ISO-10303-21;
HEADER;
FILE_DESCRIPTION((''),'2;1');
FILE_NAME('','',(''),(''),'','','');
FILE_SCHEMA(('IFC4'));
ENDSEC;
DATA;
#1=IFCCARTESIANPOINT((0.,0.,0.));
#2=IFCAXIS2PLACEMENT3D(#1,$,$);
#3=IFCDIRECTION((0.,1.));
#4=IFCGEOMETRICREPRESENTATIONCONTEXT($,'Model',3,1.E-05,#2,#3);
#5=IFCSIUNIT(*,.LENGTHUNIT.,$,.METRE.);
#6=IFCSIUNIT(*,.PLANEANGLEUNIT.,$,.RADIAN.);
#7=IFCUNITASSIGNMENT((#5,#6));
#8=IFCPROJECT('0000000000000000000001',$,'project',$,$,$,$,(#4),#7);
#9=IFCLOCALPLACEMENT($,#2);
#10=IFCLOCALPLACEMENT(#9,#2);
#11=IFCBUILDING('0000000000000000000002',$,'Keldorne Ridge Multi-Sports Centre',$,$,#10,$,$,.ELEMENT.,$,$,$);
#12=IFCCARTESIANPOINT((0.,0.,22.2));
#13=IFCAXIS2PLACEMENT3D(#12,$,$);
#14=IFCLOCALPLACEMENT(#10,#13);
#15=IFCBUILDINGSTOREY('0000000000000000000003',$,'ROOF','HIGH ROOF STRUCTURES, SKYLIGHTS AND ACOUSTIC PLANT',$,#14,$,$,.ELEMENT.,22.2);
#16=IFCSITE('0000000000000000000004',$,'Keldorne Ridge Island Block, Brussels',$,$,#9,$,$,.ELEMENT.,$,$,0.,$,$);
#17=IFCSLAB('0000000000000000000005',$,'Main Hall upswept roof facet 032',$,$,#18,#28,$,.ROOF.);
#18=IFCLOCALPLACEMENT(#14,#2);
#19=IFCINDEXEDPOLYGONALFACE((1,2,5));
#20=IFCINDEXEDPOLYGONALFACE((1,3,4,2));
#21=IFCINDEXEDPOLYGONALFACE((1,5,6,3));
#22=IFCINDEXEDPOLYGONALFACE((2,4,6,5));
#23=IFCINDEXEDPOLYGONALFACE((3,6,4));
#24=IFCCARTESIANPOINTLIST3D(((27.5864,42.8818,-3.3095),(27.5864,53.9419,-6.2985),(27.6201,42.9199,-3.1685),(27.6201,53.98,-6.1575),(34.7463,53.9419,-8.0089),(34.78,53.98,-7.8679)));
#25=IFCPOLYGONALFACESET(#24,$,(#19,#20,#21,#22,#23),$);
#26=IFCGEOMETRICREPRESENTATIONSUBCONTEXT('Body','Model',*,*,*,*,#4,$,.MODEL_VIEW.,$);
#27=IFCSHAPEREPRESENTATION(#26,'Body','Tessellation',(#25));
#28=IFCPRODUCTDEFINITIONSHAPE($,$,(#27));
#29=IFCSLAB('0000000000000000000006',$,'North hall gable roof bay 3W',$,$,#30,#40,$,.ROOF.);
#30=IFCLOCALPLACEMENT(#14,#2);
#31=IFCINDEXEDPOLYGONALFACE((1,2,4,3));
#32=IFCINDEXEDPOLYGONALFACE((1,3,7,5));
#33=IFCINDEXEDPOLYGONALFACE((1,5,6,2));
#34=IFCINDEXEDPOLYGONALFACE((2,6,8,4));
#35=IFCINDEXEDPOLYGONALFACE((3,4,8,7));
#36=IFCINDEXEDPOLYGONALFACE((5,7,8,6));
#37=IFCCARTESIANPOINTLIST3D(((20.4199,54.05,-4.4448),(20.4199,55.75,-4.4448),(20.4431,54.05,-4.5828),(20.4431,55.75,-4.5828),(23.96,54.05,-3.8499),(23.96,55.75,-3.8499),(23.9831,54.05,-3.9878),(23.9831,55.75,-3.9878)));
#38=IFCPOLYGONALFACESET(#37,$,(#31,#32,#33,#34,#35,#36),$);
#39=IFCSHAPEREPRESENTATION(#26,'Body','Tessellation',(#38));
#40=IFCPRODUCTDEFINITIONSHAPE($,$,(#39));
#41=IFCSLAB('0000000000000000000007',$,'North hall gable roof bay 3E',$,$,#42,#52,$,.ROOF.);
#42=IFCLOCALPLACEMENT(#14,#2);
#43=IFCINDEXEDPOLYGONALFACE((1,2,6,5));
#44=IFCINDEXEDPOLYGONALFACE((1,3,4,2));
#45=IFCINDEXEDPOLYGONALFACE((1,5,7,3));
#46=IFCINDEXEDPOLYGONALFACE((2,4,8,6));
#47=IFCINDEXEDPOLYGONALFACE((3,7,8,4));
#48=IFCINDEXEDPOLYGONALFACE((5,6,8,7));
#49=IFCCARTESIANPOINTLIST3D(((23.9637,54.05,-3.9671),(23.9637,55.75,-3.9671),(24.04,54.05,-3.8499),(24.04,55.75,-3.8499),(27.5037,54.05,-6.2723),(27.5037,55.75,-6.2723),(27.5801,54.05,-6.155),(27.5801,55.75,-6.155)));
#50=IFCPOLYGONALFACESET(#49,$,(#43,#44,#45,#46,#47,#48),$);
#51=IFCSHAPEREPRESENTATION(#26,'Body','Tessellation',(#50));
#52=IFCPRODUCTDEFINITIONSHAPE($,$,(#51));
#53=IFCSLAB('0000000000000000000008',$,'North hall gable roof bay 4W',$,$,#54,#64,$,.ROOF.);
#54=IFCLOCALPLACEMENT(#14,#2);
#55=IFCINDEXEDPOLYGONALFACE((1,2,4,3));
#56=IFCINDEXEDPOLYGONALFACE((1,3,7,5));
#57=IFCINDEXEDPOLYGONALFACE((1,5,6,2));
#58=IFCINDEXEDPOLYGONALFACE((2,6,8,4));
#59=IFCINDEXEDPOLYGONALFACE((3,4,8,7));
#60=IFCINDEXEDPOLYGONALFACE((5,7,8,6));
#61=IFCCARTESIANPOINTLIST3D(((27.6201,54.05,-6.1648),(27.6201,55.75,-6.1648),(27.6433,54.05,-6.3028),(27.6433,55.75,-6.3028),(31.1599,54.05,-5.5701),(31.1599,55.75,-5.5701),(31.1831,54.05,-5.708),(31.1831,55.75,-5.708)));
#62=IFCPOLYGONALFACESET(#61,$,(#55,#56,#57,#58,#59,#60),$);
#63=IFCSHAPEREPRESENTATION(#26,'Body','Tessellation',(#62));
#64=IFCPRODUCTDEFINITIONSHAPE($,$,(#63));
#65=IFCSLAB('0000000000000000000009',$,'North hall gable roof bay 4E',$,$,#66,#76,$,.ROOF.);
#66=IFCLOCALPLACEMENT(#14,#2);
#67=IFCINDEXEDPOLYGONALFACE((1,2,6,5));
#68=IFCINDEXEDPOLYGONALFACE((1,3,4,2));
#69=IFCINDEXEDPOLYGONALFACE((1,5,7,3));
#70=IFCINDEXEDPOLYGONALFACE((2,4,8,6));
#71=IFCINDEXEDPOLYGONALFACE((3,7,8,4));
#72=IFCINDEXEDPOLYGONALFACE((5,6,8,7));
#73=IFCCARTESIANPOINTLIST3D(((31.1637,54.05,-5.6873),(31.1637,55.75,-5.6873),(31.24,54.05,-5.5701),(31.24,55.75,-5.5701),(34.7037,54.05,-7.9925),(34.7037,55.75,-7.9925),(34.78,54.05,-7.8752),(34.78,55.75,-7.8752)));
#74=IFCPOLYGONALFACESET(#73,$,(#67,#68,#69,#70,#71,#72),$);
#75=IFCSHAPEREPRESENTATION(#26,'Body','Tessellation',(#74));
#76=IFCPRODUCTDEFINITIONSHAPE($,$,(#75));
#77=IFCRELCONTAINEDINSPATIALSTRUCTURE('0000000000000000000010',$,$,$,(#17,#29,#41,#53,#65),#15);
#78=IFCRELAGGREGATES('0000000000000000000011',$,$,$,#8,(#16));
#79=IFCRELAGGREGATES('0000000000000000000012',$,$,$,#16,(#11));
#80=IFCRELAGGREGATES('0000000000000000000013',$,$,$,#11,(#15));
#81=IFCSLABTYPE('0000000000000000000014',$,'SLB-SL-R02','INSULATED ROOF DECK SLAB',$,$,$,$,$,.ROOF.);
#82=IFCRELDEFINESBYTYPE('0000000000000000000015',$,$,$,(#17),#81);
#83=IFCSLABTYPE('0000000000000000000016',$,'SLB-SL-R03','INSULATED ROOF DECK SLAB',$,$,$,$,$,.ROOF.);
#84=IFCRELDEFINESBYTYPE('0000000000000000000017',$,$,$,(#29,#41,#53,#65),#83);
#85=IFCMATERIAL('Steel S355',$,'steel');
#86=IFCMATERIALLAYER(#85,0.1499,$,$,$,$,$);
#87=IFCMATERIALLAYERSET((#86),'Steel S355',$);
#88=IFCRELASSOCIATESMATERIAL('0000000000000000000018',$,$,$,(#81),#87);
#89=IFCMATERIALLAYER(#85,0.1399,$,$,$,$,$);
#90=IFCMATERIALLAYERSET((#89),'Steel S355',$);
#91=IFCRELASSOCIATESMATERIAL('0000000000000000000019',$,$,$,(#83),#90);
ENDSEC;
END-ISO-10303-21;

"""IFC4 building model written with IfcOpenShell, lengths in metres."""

from ifc_helpers import new_model, si_unit, direction, frame, origin, place, context, subcontext, project, spatial, polyline, outline, extrude, material, layer, layer_set, type_object, element, save


model = new_model("IFC4")

# Units and contexts
model_context = context("Model", 3, precision=1e-05, world=origin(), true_north=direction((0.0, 1.0)))
body_context = subcontext(model_context, "Body", "Model", "MODEL_VIEW")
ifc_project = project(units=[si_unit("LENGTHUNIT", "METRE"), si_unit("PLANEANGLEUNIT", "RADIAN")], contexts=[model_context])

# Site, building, storey
site_placement = place(None, origin())
site = spatial("IfcSite", under=ifc_project, at=site_placement, Name="Keldorne Ridge Island Block, Brussels", CompositionType="ELEMENT", RefElevation=0.0)
building_placement = place(site_placement, origin())
building = spatial("IfcBuilding", under=site, at=building_placement, Name="Keldorne Ridge Multi-Sports Centre", CompositionType="ELEMENT")
storey_placement = place(building_placement, frame((0.0, 0.0, 22.2)))
storey = spatial("IfcBuildingStorey", under=building, at=storey_placement, Name="ROOF", Description="HIGH ROOF STRUCTURES, SKYLIGHTS AND ACOUSTIC PLANT", CompositionType="ELEMENT", Elevation=22.2)

# Shared definitions
ifc_material = material(Name="Steel S355", Category="steel")

# Slabs
ifc_layer_1 = layer(ifc_material, 0.1499)
ifc_layer_set_1 = layer_set([ifc_layer_1], Name="Steel S355")
slab_type_1 = type_object("IfcSlabType", Name="SLB-SL-R02", Description="INSULATED ROOF DECK SLAB", PredefinedType="ROOF", material=ifc_layer_set_1)
slab_1_placement = place(storey_placement, frame((27.6201, 42.9199, -3.1685), z_axis=(0.224721, 0.254221, 0.940677), x_axis=(0.511848, 0.790662, -0.335955)))
element("IfcSlab", 1, at=slab_1_placement, inside=storey, type_object=slab_type_1, Name="Main Hall upswept roof facet 032", PredefinedType="ROOF", context=body_context, shape_type="SweptSolid", body=[
    extrude(outline(polyline([(0.0, 0.0), (13.9884, 0.0), (9.7489, 6.0181), (0.0, 0.0)])), origin(), (0.0, 0.0, -1.0), 0.1499),
])
ifc_layer_2 = layer(ifc_material, 0.1399)
ifc_layer_set_2 = layer_set([ifc_layer_2], Name="Steel S355")
slab_type_2 = type_object("IfcSlabType", Name="SLB-SL-R03", Description="INSULATED ROOF DECK SLAB", PredefinedType="ROOF", material=ifc_layer_set_2)
slab_2_placement = place(storey_placement, frame((20.4199, 54.05, -4.4448), z_axis=(-0.165744, 0.0, 0.986169), x_axis=(0.986169, 0.0, 0.165744)))
element("IfcSlab", 2, at=slab_2_placement, inside=storey, type_object=slab_type_2, Name="North hall gable roof bay 3W", PredefinedType="ROOF", context=body_context, shape_type="SweptSolid", body=[
    extrude(outline(polyline([(0.0, 0.0), (3.5897, 0.0), (3.5897, 1.7), (0.0, 1.7), (0.0, 0.0)])), origin(), (0.0, 0.0, -1.0), 0.1399),
])
slab_3_placement = place(storey_placement, frame((24.04, 54.05, -3.8499), z_axis=(0.545679, 0.0, 0.837994), x_axis=(0.837994, 0.0, -0.545679)))
element("IfcSlab", 3, at=slab_3_placement, inside=storey, type_object=slab_type_2, Name="North hall gable roof bay 3E", PredefinedType="ROOF", context=body_context, shape_type="SweptSolid", body=[
    extrude(outline(polyline([(0.0, 0.0), (4.2244, 0.0), (4.2244, 1.7), (0.0, 1.7), (0.0, 0.0)])), origin(), (0.0, 0.0, -1.0), 0.1399),
])
slab_4_placement = place(storey_placement, frame((27.6201, 54.05, -6.1648), z_axis=(-0.165689, 0.0, 0.986178), x_axis=(0.986178, 0.0, 0.165689)))
element("IfcSlab", 4, at=slab_4_placement, inside=storey, type_object=slab_type_2, Name="North hall gable roof bay 4W", PredefinedType="ROOF", context=body_context, shape_type="SweptSolid", body=[
    extrude(outline(polyline([(0.0, 0.0), (3.5894, 0.0), (3.5894, 1.7), (0.0, 1.7), (0.0, 0.0)])), origin(), (0.0, 0.0, -1.0), 0.1399),
])
slab_5_placement = place(storey_placement, frame((31.24, 54.05, -5.5701), z_axis=(0.545679, 0.0, 0.837994), x_axis=(0.837994, 0.0, -0.545679)))
element("IfcSlab", 5, at=slab_5_placement, inside=storey, type_object=slab_type_2, Name="North hall gable roof bay 4E", PredefinedType="ROOF", context=body_context, shape_type="SweptSolid", body=[
    extrude(outline(polyline([(0.0, 0.0), (4.2244, 0.0), (4.2244, 1.7), (0.0, 1.7), (0.0, 0.0)])), origin(), (0.0, 0.0, -1.0), 0.1399),
])

save(model, "model.ifc")
